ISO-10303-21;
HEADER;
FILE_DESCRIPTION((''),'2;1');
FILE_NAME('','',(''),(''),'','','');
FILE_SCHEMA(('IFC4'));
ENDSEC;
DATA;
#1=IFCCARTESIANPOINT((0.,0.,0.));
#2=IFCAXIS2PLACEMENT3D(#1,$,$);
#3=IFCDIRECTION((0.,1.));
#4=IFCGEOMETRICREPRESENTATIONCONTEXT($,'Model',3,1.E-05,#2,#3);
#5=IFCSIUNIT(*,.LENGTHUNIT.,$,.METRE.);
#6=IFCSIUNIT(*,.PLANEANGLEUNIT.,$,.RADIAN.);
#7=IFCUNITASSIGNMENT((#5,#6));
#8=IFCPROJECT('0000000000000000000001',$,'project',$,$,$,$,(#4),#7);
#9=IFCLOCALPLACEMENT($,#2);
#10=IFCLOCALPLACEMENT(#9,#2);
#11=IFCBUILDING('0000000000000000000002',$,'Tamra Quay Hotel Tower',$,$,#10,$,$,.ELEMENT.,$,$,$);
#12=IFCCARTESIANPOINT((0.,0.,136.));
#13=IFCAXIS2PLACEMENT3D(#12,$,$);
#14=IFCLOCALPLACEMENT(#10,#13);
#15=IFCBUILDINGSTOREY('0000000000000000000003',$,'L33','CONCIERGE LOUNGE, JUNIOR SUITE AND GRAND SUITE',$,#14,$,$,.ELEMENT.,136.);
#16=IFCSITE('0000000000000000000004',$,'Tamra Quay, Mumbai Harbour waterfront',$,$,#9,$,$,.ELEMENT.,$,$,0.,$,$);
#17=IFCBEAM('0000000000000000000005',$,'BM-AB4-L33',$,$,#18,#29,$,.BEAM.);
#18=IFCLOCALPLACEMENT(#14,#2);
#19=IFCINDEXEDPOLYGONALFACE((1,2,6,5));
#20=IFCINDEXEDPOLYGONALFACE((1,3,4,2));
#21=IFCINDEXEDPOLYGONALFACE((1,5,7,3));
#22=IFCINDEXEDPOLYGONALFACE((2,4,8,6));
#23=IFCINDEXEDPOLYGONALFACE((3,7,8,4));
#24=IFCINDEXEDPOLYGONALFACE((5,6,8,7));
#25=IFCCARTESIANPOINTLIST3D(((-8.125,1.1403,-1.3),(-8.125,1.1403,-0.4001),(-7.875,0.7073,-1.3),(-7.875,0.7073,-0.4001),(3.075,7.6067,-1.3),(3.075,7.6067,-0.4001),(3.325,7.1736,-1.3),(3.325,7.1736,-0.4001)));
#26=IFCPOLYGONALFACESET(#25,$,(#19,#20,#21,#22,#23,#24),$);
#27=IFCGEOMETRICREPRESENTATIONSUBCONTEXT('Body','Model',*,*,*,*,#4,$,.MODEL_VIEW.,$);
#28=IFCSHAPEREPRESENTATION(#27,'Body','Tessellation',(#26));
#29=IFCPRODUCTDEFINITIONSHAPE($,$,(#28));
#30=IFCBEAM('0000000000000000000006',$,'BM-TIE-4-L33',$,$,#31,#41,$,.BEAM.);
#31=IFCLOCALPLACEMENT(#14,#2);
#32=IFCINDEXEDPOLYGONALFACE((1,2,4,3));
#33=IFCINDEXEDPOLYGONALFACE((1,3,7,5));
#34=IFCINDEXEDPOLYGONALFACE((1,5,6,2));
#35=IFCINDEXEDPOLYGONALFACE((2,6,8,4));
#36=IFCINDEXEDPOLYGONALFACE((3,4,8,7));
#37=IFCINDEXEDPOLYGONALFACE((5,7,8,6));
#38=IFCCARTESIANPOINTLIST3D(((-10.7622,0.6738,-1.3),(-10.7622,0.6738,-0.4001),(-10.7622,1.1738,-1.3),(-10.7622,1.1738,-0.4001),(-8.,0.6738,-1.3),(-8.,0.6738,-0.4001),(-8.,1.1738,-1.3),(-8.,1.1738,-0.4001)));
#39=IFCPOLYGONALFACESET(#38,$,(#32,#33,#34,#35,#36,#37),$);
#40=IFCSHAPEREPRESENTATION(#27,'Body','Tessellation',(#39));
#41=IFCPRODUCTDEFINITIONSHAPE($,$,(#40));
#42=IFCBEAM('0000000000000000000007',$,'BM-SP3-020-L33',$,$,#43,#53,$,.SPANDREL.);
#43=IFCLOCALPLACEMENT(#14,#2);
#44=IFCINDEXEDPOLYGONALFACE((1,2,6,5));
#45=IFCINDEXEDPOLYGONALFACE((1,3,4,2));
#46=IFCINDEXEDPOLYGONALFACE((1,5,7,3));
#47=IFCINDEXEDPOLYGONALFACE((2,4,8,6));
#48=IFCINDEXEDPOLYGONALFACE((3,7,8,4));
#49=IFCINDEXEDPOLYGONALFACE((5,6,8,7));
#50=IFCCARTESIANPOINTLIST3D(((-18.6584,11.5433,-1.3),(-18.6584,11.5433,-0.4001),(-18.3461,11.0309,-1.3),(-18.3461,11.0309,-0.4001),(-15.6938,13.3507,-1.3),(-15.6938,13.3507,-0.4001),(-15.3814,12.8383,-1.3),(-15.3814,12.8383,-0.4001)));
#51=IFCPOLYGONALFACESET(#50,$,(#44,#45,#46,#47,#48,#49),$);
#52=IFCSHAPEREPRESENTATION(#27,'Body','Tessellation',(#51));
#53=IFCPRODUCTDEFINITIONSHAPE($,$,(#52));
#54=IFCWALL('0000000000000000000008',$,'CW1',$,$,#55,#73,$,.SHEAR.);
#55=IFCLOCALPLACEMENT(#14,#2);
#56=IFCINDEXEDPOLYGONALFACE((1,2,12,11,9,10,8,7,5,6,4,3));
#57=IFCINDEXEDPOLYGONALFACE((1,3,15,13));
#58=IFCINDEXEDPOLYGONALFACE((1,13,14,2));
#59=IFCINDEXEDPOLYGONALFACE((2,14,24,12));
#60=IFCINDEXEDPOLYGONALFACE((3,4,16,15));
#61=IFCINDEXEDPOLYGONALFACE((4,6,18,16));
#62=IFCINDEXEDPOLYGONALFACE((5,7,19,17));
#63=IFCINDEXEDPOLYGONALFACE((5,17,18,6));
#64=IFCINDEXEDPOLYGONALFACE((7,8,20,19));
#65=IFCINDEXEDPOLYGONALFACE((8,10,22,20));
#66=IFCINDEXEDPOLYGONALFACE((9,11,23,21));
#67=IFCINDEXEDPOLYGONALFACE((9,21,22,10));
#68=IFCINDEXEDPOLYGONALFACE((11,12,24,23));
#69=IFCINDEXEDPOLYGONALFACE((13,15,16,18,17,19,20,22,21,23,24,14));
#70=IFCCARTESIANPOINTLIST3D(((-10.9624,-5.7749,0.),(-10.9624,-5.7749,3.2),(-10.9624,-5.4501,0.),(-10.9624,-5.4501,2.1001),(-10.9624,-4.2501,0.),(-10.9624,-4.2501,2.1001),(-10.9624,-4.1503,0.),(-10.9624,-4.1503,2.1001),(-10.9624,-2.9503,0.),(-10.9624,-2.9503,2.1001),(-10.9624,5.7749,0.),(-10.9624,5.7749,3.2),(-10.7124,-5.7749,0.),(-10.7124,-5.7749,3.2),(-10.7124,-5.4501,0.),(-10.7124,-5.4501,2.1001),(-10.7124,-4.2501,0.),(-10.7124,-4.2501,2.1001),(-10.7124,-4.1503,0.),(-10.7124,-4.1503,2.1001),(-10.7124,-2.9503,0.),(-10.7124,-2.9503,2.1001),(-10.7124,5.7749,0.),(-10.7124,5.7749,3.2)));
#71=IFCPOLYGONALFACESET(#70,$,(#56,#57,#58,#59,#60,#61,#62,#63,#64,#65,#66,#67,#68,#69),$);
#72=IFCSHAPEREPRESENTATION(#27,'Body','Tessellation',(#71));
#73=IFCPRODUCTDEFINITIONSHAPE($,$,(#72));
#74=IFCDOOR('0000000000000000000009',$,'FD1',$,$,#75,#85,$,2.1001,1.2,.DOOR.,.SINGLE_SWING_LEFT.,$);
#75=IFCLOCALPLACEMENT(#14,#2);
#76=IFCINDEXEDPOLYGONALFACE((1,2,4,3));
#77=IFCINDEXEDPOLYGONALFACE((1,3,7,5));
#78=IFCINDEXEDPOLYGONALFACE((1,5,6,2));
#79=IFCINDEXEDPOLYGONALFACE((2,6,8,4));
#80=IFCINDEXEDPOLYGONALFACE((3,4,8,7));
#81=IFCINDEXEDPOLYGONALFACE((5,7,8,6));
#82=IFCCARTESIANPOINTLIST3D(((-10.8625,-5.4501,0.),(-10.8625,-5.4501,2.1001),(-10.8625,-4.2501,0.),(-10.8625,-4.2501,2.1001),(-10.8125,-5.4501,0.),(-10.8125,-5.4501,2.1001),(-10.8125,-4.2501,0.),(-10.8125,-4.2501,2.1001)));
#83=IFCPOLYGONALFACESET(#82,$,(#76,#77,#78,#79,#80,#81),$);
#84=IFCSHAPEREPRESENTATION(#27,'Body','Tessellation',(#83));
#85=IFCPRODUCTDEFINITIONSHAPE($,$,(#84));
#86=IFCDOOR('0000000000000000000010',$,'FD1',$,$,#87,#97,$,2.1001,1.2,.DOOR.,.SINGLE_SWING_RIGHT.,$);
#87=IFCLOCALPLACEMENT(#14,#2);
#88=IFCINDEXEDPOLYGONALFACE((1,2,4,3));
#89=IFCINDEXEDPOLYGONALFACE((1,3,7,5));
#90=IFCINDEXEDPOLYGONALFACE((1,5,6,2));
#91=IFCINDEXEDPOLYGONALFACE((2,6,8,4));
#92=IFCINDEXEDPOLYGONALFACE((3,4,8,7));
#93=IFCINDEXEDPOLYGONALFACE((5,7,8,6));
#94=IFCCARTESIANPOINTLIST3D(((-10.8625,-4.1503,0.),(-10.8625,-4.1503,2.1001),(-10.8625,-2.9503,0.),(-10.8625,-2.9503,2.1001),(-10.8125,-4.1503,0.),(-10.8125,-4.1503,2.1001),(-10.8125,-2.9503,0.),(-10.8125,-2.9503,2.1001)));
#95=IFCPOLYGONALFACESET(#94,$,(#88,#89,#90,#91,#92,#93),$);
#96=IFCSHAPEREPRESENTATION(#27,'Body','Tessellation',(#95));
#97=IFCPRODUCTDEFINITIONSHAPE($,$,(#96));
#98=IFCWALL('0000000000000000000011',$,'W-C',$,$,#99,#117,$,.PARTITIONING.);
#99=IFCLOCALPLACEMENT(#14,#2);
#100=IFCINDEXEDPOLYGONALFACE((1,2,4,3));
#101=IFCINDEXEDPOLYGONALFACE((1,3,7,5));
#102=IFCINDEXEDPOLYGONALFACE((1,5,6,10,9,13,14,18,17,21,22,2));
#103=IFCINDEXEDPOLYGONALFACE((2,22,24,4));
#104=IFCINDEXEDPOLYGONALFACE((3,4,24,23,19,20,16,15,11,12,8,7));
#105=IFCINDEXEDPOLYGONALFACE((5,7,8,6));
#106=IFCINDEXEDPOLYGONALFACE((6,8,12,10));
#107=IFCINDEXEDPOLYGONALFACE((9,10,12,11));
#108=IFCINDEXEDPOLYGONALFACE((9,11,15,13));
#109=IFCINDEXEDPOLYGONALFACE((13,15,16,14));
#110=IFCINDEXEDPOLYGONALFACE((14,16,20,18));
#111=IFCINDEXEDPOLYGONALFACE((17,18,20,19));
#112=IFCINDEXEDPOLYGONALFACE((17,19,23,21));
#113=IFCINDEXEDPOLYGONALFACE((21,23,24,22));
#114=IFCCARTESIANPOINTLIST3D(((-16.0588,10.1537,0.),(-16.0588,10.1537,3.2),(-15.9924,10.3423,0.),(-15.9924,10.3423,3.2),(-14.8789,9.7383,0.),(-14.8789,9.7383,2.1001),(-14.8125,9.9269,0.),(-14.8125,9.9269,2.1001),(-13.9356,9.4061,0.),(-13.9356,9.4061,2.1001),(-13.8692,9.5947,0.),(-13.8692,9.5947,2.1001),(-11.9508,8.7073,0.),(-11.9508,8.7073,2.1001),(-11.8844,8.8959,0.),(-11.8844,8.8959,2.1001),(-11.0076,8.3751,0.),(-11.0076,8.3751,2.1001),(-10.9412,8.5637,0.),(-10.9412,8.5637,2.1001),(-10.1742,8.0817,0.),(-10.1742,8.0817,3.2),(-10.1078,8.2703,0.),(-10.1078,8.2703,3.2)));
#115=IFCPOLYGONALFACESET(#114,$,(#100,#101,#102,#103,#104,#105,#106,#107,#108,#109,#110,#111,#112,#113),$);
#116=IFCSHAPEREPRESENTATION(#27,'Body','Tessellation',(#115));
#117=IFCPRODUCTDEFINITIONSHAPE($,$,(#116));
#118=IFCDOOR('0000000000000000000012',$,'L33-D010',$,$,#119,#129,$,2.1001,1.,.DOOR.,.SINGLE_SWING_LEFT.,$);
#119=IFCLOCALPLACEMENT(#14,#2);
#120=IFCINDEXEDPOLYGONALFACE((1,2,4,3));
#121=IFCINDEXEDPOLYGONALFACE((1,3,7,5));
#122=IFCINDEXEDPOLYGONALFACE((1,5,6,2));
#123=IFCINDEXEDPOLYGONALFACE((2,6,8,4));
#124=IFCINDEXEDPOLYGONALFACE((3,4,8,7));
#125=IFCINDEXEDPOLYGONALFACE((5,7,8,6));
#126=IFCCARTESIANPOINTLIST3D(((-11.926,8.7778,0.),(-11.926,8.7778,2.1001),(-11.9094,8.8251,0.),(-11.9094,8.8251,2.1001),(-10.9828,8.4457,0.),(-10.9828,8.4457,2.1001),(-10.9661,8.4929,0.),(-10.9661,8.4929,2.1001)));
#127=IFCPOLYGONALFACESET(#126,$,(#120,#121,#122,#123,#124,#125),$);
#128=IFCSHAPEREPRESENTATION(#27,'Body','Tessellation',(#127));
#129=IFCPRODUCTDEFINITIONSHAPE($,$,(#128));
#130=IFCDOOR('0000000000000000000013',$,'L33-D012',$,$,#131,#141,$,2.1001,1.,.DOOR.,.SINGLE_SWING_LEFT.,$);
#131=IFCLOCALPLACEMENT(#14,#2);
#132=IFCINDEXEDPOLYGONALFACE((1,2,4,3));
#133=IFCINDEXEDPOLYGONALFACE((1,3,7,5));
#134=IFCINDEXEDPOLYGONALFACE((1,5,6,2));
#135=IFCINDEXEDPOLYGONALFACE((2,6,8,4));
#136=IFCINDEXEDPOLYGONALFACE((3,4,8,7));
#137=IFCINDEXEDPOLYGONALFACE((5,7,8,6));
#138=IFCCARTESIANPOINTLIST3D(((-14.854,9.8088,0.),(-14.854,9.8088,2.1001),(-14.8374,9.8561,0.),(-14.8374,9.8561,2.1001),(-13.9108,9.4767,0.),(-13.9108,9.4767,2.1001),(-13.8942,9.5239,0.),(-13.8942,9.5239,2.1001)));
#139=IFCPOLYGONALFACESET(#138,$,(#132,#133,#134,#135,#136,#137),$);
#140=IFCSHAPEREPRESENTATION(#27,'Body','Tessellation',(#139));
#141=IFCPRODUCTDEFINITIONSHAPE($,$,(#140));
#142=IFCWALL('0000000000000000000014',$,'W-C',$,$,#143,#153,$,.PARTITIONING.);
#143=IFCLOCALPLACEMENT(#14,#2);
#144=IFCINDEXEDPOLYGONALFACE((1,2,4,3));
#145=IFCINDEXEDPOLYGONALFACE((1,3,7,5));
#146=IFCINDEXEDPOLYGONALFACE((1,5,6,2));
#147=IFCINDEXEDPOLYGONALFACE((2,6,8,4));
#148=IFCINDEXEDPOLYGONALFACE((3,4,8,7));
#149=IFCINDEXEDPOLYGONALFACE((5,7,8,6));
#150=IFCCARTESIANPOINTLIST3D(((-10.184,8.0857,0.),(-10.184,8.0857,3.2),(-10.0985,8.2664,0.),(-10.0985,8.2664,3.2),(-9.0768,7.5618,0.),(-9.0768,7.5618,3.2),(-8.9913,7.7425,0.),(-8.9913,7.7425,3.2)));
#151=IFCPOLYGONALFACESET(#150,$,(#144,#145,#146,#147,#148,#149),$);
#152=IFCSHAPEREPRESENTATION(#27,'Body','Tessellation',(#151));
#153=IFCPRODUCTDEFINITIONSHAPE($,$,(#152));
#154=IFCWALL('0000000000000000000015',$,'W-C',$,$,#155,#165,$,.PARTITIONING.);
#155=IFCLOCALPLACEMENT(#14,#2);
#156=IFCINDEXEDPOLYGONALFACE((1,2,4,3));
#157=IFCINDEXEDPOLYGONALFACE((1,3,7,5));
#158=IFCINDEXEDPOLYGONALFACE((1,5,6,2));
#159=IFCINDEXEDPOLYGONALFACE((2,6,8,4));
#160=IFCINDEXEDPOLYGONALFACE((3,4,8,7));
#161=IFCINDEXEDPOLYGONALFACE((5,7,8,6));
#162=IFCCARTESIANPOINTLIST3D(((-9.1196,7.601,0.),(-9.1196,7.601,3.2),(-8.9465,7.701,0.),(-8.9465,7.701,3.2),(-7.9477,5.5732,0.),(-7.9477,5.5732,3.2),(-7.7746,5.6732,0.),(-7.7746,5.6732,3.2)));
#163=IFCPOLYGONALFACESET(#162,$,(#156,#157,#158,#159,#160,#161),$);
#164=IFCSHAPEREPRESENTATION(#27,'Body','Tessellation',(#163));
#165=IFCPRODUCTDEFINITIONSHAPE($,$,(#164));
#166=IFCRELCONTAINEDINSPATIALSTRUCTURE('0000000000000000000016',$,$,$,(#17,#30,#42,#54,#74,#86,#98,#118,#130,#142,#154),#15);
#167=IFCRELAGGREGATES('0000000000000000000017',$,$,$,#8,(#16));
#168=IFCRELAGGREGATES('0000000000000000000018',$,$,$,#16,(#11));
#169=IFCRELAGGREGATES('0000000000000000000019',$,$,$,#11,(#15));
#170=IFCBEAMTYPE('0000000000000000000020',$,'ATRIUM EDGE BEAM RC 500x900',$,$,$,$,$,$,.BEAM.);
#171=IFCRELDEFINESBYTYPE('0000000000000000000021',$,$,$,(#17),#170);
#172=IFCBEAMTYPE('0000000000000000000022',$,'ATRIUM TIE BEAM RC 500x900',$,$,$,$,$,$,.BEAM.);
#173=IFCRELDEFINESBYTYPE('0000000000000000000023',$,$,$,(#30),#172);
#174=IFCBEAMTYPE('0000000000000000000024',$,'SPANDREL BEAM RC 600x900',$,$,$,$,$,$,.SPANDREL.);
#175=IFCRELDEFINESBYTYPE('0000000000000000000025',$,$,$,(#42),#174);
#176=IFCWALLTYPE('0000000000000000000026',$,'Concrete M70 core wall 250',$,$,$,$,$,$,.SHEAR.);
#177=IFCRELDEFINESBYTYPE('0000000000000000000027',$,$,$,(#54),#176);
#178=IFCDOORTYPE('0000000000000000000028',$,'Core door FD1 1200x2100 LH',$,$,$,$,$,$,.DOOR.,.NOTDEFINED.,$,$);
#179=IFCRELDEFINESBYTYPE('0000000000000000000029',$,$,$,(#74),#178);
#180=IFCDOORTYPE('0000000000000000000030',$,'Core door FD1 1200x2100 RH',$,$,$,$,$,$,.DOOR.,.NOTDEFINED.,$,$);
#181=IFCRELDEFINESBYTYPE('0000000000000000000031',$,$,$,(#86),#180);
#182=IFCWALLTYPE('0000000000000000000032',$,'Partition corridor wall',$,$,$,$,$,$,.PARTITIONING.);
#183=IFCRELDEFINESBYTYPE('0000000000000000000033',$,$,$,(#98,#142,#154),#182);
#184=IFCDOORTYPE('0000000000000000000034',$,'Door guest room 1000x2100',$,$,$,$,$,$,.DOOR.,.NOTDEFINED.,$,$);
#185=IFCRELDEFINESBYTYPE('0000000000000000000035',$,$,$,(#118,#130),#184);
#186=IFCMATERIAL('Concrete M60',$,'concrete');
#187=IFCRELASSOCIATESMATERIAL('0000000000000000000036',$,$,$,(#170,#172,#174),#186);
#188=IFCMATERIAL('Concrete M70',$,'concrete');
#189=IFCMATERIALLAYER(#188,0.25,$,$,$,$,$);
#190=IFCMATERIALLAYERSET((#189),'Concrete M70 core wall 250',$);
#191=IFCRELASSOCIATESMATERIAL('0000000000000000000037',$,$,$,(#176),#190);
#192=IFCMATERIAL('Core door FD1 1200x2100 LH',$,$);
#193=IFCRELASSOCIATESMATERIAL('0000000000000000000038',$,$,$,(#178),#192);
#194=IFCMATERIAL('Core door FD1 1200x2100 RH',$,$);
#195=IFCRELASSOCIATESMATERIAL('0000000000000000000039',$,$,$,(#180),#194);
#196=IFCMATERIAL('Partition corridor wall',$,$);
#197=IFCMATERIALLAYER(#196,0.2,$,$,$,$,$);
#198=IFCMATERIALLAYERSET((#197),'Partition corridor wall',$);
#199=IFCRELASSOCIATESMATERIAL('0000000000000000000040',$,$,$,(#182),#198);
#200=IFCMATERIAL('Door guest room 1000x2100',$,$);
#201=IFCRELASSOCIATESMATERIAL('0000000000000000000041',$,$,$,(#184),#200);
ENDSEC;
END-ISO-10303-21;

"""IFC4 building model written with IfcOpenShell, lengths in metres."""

from ifc_helpers import new_model, si_unit, direction, frame, frame_2d, origin, origin_2d, place, context, subcontext, project, spatial, rectangle, extrude, material, layer, layer_set, material_profile, profile_set, type_object, element, fill, save


model = new_model("IFC4")

# Units and contexts
model_context = context("Model", 3, precision=1e-05, world=origin(), true_north=direction((0.0, 1.0)))
body_context = subcontext(model_context, "Body", "Model", "MODEL_VIEW")
ifc_project = project(units=[si_unit("LENGTHUNIT", "METRE"), si_unit("PLANEANGLEUNIT", "RADIAN")], contexts=[model_context])

# Site, building, storey
site_placement = place(None, origin())
site = spatial("IfcSite", under=ifc_project, at=site_placement, Name="Tamra Quay, Mumbai Harbour waterfront", CompositionType="ELEMENT", RefElevation=0.0)
building_placement = place(site_placement, origin())
building = spatial("IfcBuilding", under=site, at=building_placement, Name="Tamra Quay Hotel Tower", CompositionType="ELEMENT")
storey_placement = place(building_placement, frame((0.0, 0.0, 136.0)))
storey = spatial("IfcBuildingStorey", under=building, at=storey_placement, Name="L33", Description="CONCIERGE LOUNGE, JUNIOR SUITE AND GRAND SUITE", CompositionType="ELEMENT", Elevation=136.0)

# Beams
ifc_material_1 = material(Name="Concrete M60", Category="concrete")
ifc_material_profile_1 = material_profile(ifc_material_1, rectangle(XDim=0.5, YDim=0.8999, at=origin_2d()), Name="ATRIUM EDGE BEAM RC 500x900")
ifc_profile_set_1 = profile_set([ifc_material_profile_1], Name="Concrete M60")
beam_type_1 = type_object("IfcBeamType", Name="ATRIUM EDGE BEAM RC 500x900", PredefinedType="BEAM", material=ifc_profile_set_1)
beam_1_placement = place(storey_placement, frame((-8.0, 0.9238, -0.8501), z_axis=(0.866025, 0.500001, 0.0), x_axis=(-0.500001, 0.866025, 0.0)))
element("IfcBeam", 1, at=beam_1_placement, inside=storey, type_object=beam_type_1, Name="BM-AB4-L33", PredefinedType="BEAM", context=body_context, shape_type="SweptSolid", body=[
    extrude(rectangle(XDim=0.5, YDim=0.8999, at=origin_2d()), origin(), (0.0, 0.0, 1.0), 12.9326),
])
ifc_material_profile_2 = material_profile(ifc_material_1, rectangle(XDim=0.5, YDim=0.8999, at=origin_2d()), Name="ATRIUM TIE BEAM RC 500x900")
ifc_profile_set_2 = profile_set([ifc_material_profile_2], Name="Concrete M60")
beam_type_2 = type_object("IfcBeamType", Name="ATRIUM TIE BEAM RC 500x900", PredefinedType="BEAM", material=ifc_profile_set_2)
beam_2_placement = place(storey_placement, frame((-8.0, 0.9238, -0.8501), z_axis=(-1.0, 0.0, 0.0), x_axis=(0.0, -1.0, 0.0)))
element("IfcBeam", 2, at=beam_2_placement, inside=storey, type_object=beam_type_2, Name="BM-TIE-4-L33", PredefinedType="BEAM", context=body_context, shape_type="SweptSolid", body=[
    extrude(rectangle(XDim=0.5, YDim=0.8999, at=origin_2d()), origin(), (0.0, 0.0, 1.0), 2.7622),
])
ifc_material_profile_3 = material_profile(ifc_material_1, rectangle(XDim=0.6001, YDim=0.8999, at=origin_2d()), Name="SPANDREL BEAM RC 600x900")
ifc_profile_set_3 = profile_set([ifc_material_profile_3], Name="Concrete M60")
beam_type_3 = type_object("IfcBeamType", Name="SPANDREL BEAM RC 600x900", PredefinedType="SPANDREL", material=ifc_profile_set_3)
beam_3_placement = place(storey_placement, frame((-15.5376, 13.0945, -0.8501), z_axis=(-0.853836, -0.520542, 0.0), x_axis=(0.520542, -0.853836, 0.0)))
element("IfcBeam", 3, at=beam_3_placement, inside=storey, type_object=beam_type_3, Name="BM-SP3-020-L33", PredefinedType="SPANDREL", context=body_context, shape_type="SweptSolid", body=[
    extrude(rectangle(XDim=0.6001, YDim=0.8999, at=origin_2d()), origin(), (0.0, 0.0, 1.0), 3.4722),
])

# Walls, openings, doors
ifc_material_2 = material(Name="Concrete M70", Category="concrete")
ifc_layer_1 = layer(ifc_material_2, 0.25)
ifc_layer_set_1 = layer_set([ifc_layer_1], Name="Concrete M70 core wall 250")
wall_type_1 = type_object("IfcWallType", Name="Concrete M70 core wall 250", PredefinedType="SHEAR", material=ifc_layer_set_1)
wall_1_placement = place(storey_placement, frame((-10.8374, 5.7749, 0.0), z_axis=(0.0, 0.0, 1.0), x_axis=(0.0, -1.0, 0.0)))
wall_1 = element("IfcWall", 4, at=wall_1_placement, inside=storey, type_object=wall_type_1, Name="CW1", PredefinedType="SHEAR", context=body_context, shape_type="SweptSolid", body=[
    extrude(rectangle(XDim=11.5498, YDim=0.25, at=frame_2d((5.7749, 0.0))), origin(), (0.0, 0.0, 1.0), 3.2),
])
opening_1_placement = place(wall_1_placement, frame((10.0249, 0.0, 0.0)))
opening_1 = element("IfcOpeningElement", 5, at=opening_1_placement, cuts=wall_1, PredefinedType="OPENING", context=body_context, shape_type="SweptSolid", body=[
    extrude(rectangle(XDim=1.2, YDim=2.1001, at=frame_2d((0.6001, 1.05))), frame((0.0, 0.135, 0.0), z_axis=(0.0, -1.0, 0.0), x_axis=(1.0, 0.0, 0.0)), (0.0, 0.0, 1.0), 0.27),
])
opening_2_placement = place(wall_1_placement, frame((8.7251, 0.0, 0.0)))
opening_2 = element("IfcOpeningElement", 6, at=opening_2_placement, cuts=wall_1, PredefinedType="OPENING", context=body_context, shape_type="SweptSolid", body=[
    extrude(rectangle(XDim=1.2, YDim=2.1001, at=frame_2d((0.6001, 1.05))), frame((0.0, 0.135, 0.0), z_axis=(0.0, -1.0, 0.0), x_axis=(1.0, 0.0, 0.0)), (0.0, 0.0, 1.0), 0.27),
])
ifc_material_3 = material(Name="Core door FD1 1200x2100 LH")
door_type_1 = type_object("IfcDoorType", Name="Core door FD1 1200x2100 LH", OperationType="NOTDEFINED", PredefinedType="DOOR", material=ifc_material_3)
door_1_placement = place(opening_1_placement, origin())
door_1 = element("IfcDoor", 7, at=door_1_placement, inside=storey, type_object=door_type_1, Name="FD1", OperationType="SINGLE_SWING_LEFT", OverallHeight=2.1001, OverallWidth=1.2, PredefinedType="DOOR", context=body_context, shape_type="SweptSolid", body=[
    extrude(rectangle(XDim=1.2, YDim=2.1001, at=frame_2d((0.6001, 1.05))), frame((0.0, 0.0249, 0.0), z_axis=(0.0, -1.0, 0.0), x_axis=(1.0, 0.0, 0.0)), (0.0, 0.0, 1.0), 0.05),
])
fill(opening_1, door_1)
ifc_material_4 = material(Name="Core door FD1 1200x2100 RH")
door_type_2 = type_object("IfcDoorType", Name="Core door FD1 1200x2100 RH", OperationType="NOTDEFINED", PredefinedType="DOOR", material=ifc_material_4)
door_2_placement = place(opening_2_placement, origin())
door_2 = element("IfcDoor", 8, at=door_2_placement, inside=storey, type_object=door_type_2, Name="FD1", OperationType="SINGLE_SWING_RIGHT", OverallHeight=2.1001, OverallWidth=1.2, PredefinedType="DOOR", context=body_context, shape_type="SweptSolid", body=[
    extrude(rectangle(XDim=1.2, YDim=2.1001, at=frame_2d((0.6001, 1.05))), frame((0.0, 0.0249, 0.0), z_axis=(0.0, -1.0, 0.0), x_axis=(1.0, 0.0, 0.0)), (0.0, 0.0, 1.0), 0.05),
])
fill(opening_2, door_2)
ifc_material_5 = material(Name="Partition corridor wall")
ifc_layer_2 = layer(ifc_material_5, 0.2)
ifc_layer_set_2 = layer_set([ifc_layer_2], Name="Partition corridor wall")
wall_type_2 = type_object("IfcWallType", Name="Partition corridor wall", PredefinedType="PARTITIONING", material=ifc_layer_set_2)
wall_2_placement = place(storey_placement, frame((-16.0256, 10.248, 0.0), z_axis=(0.0, 0.0, 1.0), x_axis=(0.943235, -0.332126, 0.0)))
wall_2 = element("IfcWall", 9, at=wall_2_placement, inside=storey, type_object=wall_type_2, Name="W-C", PredefinedType="PARTITIONING", context=body_context, shape_type="SweptSolid", body=[
    extrude(rectangle(XDim=6.2388, YDim=0.2, at=frame_2d((3.1194, 0.0))), origin(), (0.0, 0.0, 1.0), 3.2),
])
opening_3_placement = place(wall_2_placement, frame((4.3552, 0.0, 0.0)))
opening_3 = element("IfcOpeningElement", 10, at=opening_3_placement, cuts=wall_2, PredefinedType="OPENING", context=body_context, shape_type="SweptSolid", body=[
    extrude(rectangle(XDim=1.0, YDim=2.1001, at=frame_2d((0.5, 1.05))), frame((0.0, 0.1099, 0.0), z_axis=(0.0, -1.0, 0.0), x_axis=(1.0, 0.0, 0.0)), (0.0, 0.0, 1.0), 0.22),
])
opening_4_placement = place(wall_2_placement, frame((1.251, 0.0, 0.0)))
opening_4 = element("IfcOpeningElement", 11, at=opening_4_placement, cuts=wall_2, PredefinedType="OPENING", context=body_context, shape_type="SweptSolid", body=[
    extrude(rectangle(XDim=1.0, YDim=2.1001, at=frame_2d((0.5, 1.05))), frame((0.0, 0.1099, 0.0), z_axis=(0.0, -1.0, 0.0), x_axis=(1.0, 0.0, 0.0)), (0.0, 0.0, 1.0), 0.22),
])
ifc_material_6 = material(Name="Door guest room 1000x2100")
door_type_3 = type_object("IfcDoorType", Name="Door guest room 1000x2100", OperationType="NOTDEFINED", PredefinedType="DOOR", material=ifc_material_6)
door_3_placement = place(opening_3_placement, origin())
door_3 = element("IfcDoor", 12, at=door_3_placement, inside=storey, type_object=door_type_3, Name="L33-D010", OperationType="SINGLE_SWING_LEFT", OverallHeight=2.1001, OverallWidth=1.0, PredefinedType="DOOR", context=body_context, shape_type="SweptSolid", body=[
    extrude(rectangle(XDim=1.0, YDim=2.1001, at=frame_2d((0.5, 1.05))), frame((0.0, 0.0249, 0.0), z_axis=(0.0, -1.0, 0.0), x_axis=(1.0, 0.0, 0.0)), (0.0, 0.0, 1.0), 0.05),
])
fill(opening_3, door_3)
door_4_placement = place(opening_4_placement, origin())
door_4 = element("IfcDoor", 13, at=door_4_placement, inside=storey, type_object=door_type_3, Name="L33-D012", OperationType="SINGLE_SWING_LEFT", OverallHeight=2.1001, OverallWidth=1.0, PredefinedType="DOOR", context=body_context, shape_type="SweptSolid", body=[
    extrude(rectangle(XDim=1.0, YDim=2.1001, at=frame_2d((0.5, 1.05))), frame((0.0, 0.0249, 0.0), z_axis=(0.0, -1.0, 0.0), x_axis=(1.0, 0.0, 0.0)), (0.0, 0.0, 1.0), 0.05),
])
fill(opening_4, door_4)

# Walls
wall_3_placement = place(storey_placement, frame((-10.1411, 8.176, 0.0), z_axis=(0.0, 0.0, 1.0), x_axis=(0.903904, -0.427735, 0.0)))
element("IfcWall", 14, at=wall_3_placement, inside=storey, type_object=wall_type_2, Name="W-C", PredefinedType="PARTITIONING", context=body_context, shape_type="SweptSolid", body=[
    extrude(rectangle(XDim=1.2249, YDim=0.2, at=frame_2d((0.6123, 0.0))), origin(), (0.0, 0.0, 1.0), 3.2),
])
wall_4_placement = place(storey_placement, frame((-9.033, 7.6509, 0.0), z_axis=(0.0, 0.0, 1.0), x_axis=(0.500354, -0.865821, 0.0)))
element("IfcWall", 15, at=wall_4_placement, inside=storey, type_object=wall_type_2, Name="W-C", PredefinedType="PARTITIONING", context=body_context, shape_type="SweptSolid", body=[
    extrude(rectangle(XDim=2.342, YDim=0.2, at=frame_2d((1.1709, 0.0))), origin(), (0.0, 0.0, 1.0), 3.2),
])

save(model, "model.ifc")
